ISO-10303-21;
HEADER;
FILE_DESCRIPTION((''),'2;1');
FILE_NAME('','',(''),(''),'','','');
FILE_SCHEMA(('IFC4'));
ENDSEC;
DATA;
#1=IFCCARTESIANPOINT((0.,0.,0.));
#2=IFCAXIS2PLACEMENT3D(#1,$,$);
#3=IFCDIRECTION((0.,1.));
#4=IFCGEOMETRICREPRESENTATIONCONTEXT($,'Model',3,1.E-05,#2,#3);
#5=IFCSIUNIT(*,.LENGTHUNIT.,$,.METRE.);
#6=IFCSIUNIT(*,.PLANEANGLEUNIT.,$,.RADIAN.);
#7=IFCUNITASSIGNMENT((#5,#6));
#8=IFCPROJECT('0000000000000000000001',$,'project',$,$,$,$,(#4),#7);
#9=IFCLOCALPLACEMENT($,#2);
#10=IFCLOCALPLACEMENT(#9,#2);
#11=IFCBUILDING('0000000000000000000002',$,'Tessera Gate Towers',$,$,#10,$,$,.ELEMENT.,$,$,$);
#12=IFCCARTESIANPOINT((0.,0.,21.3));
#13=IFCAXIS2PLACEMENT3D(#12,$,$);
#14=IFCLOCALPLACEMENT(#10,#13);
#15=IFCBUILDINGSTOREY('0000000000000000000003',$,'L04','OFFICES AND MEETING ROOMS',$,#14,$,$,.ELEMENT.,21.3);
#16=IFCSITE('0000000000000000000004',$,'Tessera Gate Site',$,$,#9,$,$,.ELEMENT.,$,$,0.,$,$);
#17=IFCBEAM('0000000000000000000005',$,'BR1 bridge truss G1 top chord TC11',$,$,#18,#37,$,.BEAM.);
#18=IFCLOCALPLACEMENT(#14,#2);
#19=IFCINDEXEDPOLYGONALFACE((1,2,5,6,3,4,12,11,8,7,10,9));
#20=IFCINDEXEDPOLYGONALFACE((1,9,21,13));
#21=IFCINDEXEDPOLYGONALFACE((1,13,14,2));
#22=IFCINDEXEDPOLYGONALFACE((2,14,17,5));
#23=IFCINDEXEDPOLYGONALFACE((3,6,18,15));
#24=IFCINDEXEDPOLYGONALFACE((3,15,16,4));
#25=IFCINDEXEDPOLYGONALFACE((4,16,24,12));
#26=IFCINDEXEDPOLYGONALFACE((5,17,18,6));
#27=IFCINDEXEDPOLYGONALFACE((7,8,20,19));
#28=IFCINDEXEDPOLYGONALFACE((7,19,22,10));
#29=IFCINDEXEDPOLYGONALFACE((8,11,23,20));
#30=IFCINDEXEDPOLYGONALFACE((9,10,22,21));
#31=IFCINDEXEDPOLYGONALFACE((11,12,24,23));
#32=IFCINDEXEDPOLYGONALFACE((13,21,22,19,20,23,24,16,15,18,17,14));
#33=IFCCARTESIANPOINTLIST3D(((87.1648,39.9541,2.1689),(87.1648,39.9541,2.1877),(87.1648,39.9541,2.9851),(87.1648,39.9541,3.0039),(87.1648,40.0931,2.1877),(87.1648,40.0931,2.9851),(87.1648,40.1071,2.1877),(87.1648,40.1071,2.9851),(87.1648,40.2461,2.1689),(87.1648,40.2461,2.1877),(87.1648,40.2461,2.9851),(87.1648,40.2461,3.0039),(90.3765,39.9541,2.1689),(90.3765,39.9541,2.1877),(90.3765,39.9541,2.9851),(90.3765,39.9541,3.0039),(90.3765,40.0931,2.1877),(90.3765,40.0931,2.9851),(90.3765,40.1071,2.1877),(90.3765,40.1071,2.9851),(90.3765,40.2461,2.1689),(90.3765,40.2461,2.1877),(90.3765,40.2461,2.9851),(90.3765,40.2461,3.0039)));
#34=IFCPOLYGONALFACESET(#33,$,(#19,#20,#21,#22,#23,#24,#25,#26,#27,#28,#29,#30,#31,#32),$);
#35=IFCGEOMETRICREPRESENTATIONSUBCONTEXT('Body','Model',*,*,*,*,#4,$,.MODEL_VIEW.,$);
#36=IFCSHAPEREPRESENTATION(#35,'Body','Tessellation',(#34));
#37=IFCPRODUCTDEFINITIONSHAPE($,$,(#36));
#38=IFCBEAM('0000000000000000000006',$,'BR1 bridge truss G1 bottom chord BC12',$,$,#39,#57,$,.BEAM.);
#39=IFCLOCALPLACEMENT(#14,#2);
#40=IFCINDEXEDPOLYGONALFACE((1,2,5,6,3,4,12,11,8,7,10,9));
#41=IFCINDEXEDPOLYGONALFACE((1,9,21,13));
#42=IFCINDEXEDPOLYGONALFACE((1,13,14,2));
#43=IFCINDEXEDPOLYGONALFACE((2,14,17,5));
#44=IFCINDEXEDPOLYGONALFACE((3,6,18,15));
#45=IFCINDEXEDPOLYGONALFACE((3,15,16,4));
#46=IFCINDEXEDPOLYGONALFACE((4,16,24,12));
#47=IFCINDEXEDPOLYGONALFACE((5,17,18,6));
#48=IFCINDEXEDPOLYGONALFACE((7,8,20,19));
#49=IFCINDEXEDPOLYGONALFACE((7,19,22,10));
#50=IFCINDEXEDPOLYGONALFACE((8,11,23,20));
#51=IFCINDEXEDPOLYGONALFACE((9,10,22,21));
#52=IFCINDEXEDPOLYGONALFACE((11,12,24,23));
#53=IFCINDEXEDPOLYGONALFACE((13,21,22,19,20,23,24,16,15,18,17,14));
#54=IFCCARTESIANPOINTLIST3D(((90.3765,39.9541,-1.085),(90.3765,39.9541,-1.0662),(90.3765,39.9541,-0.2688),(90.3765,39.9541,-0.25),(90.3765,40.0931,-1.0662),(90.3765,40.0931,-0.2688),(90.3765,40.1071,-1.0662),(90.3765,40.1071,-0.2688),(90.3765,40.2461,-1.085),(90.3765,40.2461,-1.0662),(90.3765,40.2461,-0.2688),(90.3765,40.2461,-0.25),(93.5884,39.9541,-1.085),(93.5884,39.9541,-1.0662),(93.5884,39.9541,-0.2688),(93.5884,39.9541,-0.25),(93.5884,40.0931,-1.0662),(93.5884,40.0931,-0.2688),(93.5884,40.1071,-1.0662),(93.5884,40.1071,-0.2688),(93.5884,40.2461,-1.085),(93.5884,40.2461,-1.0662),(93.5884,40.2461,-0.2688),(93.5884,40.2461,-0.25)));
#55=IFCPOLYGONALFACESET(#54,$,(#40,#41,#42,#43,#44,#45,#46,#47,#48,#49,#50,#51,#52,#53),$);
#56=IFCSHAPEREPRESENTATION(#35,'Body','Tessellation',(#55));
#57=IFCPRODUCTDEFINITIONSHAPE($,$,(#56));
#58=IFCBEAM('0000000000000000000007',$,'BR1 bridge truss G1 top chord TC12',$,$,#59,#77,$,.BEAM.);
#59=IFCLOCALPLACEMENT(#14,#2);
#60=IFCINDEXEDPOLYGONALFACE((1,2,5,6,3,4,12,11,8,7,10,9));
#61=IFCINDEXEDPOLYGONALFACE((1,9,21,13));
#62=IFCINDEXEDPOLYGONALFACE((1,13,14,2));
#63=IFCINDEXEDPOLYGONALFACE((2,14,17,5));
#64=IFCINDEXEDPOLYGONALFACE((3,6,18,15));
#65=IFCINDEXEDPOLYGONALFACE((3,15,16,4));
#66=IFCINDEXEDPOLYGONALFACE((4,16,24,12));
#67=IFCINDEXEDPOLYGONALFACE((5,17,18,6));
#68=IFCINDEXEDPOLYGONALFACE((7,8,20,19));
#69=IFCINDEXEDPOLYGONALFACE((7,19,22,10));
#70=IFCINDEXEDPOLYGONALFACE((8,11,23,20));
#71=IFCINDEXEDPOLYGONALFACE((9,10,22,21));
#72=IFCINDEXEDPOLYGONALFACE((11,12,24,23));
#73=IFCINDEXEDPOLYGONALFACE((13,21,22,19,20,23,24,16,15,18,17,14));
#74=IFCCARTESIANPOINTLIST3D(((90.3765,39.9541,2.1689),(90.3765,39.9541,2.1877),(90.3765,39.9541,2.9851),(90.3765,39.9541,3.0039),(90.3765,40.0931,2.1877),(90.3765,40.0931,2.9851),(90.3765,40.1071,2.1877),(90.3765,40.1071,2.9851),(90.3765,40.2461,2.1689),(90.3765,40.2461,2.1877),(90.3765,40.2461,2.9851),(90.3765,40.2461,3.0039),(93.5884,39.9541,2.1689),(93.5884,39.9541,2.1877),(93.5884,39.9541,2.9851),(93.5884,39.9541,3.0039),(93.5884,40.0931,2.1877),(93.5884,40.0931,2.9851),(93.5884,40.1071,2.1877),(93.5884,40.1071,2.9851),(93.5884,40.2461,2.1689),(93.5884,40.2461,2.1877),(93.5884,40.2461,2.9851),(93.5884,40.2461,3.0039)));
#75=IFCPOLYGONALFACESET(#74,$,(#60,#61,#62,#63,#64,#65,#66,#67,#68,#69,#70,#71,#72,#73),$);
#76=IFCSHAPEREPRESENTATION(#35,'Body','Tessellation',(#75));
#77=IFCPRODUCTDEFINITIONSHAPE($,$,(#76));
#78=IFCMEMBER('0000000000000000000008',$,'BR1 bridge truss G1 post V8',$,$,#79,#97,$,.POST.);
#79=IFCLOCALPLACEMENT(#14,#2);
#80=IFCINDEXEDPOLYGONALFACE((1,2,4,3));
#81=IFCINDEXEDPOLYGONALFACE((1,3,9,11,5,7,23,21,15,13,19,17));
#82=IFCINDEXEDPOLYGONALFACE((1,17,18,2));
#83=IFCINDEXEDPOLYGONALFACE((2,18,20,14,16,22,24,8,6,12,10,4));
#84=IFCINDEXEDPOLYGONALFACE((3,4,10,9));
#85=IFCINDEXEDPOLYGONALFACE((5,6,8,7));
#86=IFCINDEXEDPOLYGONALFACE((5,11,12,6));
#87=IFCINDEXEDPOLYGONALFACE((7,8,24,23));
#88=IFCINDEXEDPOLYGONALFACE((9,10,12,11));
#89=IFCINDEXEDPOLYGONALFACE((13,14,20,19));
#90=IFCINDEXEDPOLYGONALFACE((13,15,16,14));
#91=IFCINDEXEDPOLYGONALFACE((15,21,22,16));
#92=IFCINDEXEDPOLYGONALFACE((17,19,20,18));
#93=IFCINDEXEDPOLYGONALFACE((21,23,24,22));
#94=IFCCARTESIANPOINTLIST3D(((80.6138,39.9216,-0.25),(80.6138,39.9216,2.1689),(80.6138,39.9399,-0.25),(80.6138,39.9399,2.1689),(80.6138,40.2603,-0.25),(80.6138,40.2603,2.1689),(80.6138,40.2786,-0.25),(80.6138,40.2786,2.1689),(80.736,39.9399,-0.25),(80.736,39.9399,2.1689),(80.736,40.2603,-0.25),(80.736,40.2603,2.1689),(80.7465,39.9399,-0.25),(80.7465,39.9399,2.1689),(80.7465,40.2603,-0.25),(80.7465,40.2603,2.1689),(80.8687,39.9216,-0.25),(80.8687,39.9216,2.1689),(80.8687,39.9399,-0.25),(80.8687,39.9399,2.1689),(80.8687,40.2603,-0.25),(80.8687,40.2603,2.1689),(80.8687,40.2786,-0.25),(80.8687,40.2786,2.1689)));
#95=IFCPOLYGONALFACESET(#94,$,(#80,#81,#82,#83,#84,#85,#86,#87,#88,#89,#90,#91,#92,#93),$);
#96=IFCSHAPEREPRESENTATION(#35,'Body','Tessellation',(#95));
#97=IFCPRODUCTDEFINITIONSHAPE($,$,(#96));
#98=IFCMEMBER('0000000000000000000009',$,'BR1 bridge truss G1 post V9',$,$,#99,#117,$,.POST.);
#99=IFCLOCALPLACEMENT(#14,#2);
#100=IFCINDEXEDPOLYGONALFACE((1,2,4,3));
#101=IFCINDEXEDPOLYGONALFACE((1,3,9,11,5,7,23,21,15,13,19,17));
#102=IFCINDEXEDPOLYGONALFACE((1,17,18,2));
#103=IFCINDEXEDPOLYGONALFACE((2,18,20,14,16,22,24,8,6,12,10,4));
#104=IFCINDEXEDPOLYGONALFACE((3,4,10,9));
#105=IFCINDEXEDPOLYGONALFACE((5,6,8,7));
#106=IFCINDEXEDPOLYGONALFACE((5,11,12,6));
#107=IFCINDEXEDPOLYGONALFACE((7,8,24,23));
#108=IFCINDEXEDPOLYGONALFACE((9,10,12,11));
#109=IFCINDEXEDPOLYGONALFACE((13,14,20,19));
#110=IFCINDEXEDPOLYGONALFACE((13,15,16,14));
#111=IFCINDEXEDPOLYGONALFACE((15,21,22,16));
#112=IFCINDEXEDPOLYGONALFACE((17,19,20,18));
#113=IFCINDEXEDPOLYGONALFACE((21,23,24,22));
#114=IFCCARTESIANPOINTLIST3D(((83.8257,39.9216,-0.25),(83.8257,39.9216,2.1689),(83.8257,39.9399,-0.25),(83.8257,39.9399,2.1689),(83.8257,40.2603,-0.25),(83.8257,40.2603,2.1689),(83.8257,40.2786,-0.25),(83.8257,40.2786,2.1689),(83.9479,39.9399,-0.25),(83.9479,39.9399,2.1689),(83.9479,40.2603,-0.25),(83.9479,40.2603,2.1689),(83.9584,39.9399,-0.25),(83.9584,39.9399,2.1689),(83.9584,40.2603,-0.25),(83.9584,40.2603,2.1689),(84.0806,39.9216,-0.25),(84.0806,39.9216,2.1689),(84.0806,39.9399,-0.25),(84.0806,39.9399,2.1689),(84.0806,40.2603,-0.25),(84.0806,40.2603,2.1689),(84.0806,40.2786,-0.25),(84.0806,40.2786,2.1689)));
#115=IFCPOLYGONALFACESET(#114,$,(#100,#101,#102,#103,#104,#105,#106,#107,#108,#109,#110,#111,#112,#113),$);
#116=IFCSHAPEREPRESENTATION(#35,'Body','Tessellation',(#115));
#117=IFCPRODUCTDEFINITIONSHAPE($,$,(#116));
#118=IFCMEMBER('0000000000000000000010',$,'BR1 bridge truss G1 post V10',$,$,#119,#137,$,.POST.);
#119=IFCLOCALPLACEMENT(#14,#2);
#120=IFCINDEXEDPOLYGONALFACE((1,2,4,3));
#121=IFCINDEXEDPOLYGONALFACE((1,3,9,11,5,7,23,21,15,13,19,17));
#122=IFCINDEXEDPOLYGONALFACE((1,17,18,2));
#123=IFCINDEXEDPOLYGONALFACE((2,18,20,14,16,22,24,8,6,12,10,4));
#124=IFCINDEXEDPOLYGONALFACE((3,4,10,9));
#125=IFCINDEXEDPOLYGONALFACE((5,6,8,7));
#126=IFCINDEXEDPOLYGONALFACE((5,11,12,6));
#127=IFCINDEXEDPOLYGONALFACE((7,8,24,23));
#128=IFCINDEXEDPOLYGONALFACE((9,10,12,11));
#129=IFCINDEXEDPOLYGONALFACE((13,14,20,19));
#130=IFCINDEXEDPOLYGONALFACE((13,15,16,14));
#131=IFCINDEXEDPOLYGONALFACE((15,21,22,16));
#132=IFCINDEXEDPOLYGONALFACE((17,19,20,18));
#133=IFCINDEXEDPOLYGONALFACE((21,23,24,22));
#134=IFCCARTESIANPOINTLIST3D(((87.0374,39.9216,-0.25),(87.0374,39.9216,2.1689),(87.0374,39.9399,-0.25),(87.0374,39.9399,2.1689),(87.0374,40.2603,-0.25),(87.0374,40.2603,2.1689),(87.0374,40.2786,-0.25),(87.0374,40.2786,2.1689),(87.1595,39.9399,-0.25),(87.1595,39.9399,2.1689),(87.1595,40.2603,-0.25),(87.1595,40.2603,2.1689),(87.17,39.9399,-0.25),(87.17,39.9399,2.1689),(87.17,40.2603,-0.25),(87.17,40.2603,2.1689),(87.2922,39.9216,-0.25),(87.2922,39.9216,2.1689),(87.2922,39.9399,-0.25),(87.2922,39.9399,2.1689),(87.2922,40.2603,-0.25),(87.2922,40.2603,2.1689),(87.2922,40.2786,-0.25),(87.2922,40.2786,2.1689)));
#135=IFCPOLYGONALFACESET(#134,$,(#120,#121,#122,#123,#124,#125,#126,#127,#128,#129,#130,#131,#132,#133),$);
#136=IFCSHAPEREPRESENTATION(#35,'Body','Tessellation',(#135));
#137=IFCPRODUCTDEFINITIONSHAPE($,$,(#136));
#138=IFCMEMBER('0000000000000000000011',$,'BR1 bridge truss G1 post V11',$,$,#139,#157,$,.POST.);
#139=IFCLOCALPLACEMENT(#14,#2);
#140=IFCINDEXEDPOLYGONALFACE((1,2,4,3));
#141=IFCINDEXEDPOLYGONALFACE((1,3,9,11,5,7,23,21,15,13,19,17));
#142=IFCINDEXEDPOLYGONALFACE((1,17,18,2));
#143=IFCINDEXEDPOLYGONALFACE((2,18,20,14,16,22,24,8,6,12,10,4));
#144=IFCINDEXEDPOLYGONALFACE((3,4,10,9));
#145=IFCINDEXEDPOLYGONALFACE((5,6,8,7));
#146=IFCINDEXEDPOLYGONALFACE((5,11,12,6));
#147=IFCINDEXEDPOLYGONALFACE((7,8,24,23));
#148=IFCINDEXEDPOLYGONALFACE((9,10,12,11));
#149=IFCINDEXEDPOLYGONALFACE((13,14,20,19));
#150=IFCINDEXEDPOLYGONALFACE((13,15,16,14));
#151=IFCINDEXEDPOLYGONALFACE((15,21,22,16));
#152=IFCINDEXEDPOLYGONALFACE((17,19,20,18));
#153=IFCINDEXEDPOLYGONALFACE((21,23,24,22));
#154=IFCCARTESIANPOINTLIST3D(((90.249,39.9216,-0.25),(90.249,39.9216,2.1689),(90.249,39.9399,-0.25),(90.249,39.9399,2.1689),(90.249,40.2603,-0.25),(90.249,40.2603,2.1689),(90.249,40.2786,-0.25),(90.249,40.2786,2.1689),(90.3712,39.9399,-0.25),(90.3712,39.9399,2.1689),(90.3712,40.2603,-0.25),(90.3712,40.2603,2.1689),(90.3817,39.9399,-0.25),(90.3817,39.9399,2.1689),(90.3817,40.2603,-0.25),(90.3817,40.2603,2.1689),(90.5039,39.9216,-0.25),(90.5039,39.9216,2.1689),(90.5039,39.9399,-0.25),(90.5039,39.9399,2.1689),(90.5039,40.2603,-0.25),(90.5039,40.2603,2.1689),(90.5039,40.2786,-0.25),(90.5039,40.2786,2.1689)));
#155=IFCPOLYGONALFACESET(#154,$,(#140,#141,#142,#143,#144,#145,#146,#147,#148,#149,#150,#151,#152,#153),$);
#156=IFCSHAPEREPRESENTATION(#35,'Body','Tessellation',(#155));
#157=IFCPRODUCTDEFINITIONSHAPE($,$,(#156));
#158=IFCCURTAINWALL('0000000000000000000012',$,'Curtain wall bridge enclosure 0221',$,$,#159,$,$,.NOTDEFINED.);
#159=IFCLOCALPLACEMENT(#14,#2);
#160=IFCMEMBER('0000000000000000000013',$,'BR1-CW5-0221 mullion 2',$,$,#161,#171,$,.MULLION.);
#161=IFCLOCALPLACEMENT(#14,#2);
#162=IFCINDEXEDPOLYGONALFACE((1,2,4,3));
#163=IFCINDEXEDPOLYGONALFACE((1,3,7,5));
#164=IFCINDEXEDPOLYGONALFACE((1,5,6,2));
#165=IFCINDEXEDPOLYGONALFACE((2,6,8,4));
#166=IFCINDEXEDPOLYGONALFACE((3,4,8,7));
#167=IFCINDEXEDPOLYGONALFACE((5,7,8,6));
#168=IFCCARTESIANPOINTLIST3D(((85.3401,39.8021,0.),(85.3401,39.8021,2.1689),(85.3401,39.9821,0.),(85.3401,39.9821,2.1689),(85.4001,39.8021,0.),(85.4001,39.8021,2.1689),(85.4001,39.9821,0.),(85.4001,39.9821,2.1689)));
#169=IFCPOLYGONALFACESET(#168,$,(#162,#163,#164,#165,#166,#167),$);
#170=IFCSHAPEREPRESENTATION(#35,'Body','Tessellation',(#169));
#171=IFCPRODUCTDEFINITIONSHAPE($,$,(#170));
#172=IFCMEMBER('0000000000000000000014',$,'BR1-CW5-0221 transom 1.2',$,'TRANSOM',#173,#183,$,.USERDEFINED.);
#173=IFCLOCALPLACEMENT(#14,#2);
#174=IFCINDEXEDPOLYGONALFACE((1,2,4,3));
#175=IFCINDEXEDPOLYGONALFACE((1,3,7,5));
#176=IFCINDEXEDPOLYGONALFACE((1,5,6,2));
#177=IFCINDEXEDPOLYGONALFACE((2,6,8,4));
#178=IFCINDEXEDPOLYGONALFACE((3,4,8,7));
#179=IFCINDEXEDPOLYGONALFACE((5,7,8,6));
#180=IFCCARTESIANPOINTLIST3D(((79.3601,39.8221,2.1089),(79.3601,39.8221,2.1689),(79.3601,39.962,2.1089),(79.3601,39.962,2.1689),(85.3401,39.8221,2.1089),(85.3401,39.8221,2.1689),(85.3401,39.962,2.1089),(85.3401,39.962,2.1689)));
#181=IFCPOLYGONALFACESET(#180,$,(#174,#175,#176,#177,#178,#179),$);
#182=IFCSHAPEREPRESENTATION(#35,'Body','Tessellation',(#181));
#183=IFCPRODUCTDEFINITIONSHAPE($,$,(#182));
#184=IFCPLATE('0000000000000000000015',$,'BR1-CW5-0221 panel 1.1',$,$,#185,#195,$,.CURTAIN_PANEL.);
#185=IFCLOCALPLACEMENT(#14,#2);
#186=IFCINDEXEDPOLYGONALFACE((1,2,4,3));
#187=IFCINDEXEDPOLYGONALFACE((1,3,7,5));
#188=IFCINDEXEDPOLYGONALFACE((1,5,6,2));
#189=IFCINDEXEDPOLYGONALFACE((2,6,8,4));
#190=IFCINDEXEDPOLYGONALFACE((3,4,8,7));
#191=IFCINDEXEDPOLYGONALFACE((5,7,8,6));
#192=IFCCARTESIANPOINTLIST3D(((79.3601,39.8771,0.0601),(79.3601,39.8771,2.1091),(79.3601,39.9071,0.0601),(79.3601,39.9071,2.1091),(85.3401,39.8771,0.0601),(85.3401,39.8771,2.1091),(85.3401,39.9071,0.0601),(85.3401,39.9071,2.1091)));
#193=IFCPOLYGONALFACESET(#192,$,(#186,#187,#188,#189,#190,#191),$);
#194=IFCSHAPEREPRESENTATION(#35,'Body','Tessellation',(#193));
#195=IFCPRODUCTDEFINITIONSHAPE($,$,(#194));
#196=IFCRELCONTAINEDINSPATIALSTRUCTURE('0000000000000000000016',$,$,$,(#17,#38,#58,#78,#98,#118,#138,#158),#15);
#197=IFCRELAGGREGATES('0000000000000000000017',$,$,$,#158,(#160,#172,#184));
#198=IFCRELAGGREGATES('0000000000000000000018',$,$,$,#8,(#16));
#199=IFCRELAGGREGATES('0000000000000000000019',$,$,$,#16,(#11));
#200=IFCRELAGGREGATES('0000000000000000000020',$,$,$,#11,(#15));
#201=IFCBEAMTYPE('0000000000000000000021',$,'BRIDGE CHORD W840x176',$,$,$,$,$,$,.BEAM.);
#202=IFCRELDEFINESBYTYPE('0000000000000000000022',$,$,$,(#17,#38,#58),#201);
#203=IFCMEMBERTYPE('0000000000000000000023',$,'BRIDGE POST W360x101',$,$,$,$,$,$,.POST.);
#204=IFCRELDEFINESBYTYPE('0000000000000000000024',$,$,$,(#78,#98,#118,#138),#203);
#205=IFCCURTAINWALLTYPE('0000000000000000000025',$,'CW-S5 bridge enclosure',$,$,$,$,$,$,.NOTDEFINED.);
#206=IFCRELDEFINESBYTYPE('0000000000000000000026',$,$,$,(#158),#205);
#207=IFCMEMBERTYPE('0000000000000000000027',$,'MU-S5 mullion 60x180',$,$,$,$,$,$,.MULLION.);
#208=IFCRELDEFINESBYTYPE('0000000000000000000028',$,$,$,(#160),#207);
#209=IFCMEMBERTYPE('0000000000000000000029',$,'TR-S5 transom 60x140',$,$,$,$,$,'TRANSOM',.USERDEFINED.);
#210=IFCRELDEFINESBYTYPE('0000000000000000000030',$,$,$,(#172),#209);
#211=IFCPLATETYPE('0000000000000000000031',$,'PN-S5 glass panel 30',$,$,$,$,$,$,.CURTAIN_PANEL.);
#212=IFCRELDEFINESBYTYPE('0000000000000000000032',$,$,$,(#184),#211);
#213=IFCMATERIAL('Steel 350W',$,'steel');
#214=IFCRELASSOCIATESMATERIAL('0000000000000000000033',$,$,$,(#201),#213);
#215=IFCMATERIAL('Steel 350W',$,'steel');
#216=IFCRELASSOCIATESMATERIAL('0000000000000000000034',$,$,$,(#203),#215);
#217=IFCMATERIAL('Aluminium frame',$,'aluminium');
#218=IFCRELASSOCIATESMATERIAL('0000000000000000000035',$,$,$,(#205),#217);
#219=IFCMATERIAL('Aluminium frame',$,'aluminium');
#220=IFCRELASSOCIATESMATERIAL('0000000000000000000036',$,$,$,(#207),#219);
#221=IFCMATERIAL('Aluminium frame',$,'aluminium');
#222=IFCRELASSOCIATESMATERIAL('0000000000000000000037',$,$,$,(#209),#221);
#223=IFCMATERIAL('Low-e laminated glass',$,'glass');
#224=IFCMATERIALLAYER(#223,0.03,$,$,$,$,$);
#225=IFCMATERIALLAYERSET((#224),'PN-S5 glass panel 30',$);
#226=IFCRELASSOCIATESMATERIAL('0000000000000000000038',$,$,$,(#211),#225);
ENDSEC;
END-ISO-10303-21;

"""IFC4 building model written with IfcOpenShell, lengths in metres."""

from ifc_helpers import new_model, si_unit, direction, frame, origin, origin_2d, place, context, subcontext, project, spatial, rectangle, i_section, extrude, material, layer, layer_set, material_profile, profile_set, type_object, element, aggregate, save


model = new_model("IFC4")

# Units and contexts
model_context = context("Model", 3, precision=1e-05, world=origin(), true_north=direction((0.0, 1.0)))
body_context = subcontext(model_context, "Body", "Model", "MODEL_VIEW")
ifc_project = project(units=[si_unit("LENGTHUNIT", "METRE"), si_unit("PLANEANGLEUNIT", "RADIAN")], contexts=[model_context])

# Site, building, storey
site_placement = place(None, origin())
site = spatial("IfcSite", under=ifc_project, at=site_placement, Name="Tessera Gate Site", CompositionType="ELEMENT", RefElevation=0.0)
building_placement = place(site_placement, origin())
building = spatial("IfcBuilding", under=site, at=building_placement, Name="Tessera Gate Towers", CompositionType="ELEMENT")
storey_placement = place(building_placement, frame((0.0, 0.0, 21.3)))
storey = spatial("IfcBuildingStorey", under=building, at=storey_placement, Name="L04", Description="OFFICES AND MEETING ROOMS", CompositionType="ELEMENT", Elevation=21.3)

# Beams
ifc_material_1 = material(Name="Steel 350W", Category="steel")
ifc_material_profile_1 = material_profile(ifc_material_1, i_section(OverallWidth=0.292, OverallDepth=0.835, WebThickness=0.0139, FlangeThickness=0.0188, at=origin_2d()), Name="W840x176")
ifc_profile_set_1 = profile_set([ifc_material_profile_1], Name="Steel 350W")
beam_type = type_object("IfcBeamType", Name="BRIDGE CHORD W840x176", PredefinedType="BEAM", material=ifc_profile_set_1)
for number, where, z_axis, x_axis, name in (
    (1, (87.1648, 40.1001, 2.5864), (1.0, 0.0, 0.0), (0.0, 1.0, 0.0), "BR1 bridge truss G1 top chord TC11"),
):
    element("IfcBeam", number, at=place(storey_placement, frame(where, z_axis=z_axis, x_axis=x_axis)), inside=storey, type_object=beam_type, Name=name, PredefinedType="BEAM", context=body_context, shape_type="SweptSolid", body=[
        extrude(i_section(OverallWidth=0.292, OverallDepth=0.835, WebThickness=0.0139, FlangeThickness=0.0188, at=origin_2d()), origin(), (0.0, 0.0, 1.0), 3.2117),
    ])
for number, where, z_axis, x_axis, name in (
    (2, (90.3765, 40.1001, -0.6675), (1.0, 0.0, 0.0), (0.0, 1.0, 0.0), "BR1 bridge truss G1 bottom chord BC12"),
    (3, (90.3765, 40.1001, 2.5864), (1.0, 0.0, 0.0), (0.0, 1.0, 0.0), "BR1 bridge truss G1 top chord TC12"),
):
    element("IfcBeam", number, at=place(storey_placement, frame(where, z_axis=z_axis, x_axis=x_axis)), inside=storey, type_object=beam_type, Name=name, PredefinedType="BEAM", context=body_context, shape_type="SweptSolid", body=[
        extrude(i_section(OverallWidth=0.292, OverallDepth=0.835, WebThickness=0.0139, FlangeThickness=0.0188, at=origin_2d()), origin(), (0.0, 0.0, 1.0), 3.2119),
    ])

# Members
ifc_material_2 = material(Name="Steel 350W", Category="steel")
ifc_material_profile_2 = material_profile(ifc_material_2, i_section(OverallWidth=0.2549, OverallDepth=0.3569, WebThickness=0.0105, FlangeThickness=0.0183, at=origin_2d()), Name="W360x101")
ifc_profile_set_2 = profile_set([ifc_material_profile_2], Name="Steel 350W")
member_type_1 = type_object("IfcMemberType", Name="BRIDGE POST W360x101", PredefinedType="POST", material=ifc_profile_set_2)
for number, where, z_axis, x_axis, name in (
    (4, (80.7412, 40.1001, -0.25), (0.0, 0.0, 1.0), (1.0, 0.0, 0.0), "BR1 bridge truss G1 post V8"),
    (5, (83.9531, 40.1001, -0.25), (0.0, 0.0, 1.0), (1.0, 0.0, 0.0), "BR1 bridge truss G1 post V9"),
    (6, (87.1648, 40.1001, -0.25), (0.0, 0.0, 1.0), (1.0, 0.0, 0.0), "BR1 bridge truss G1 post V10"),
    (7, (90.3765, 40.1001, -0.25), (0.0, 0.0, 1.0), (1.0, 0.0, 0.0), "BR1 bridge truss G1 post V11"),
):
    element("IfcMember", number, at=place(storey_placement, frame(where, z_axis=z_axis, x_axis=x_axis)), inside=storey, type_object=member_type_1, Name=name, PredefinedType="POST", context=body_context, shape_type="SweptSolid", body=[
        extrude(i_section(OverallWidth=0.2549, OverallDepth=0.3569, WebThickness=0.0105, FlangeThickness=0.0183, at=origin_2d()), origin(), (0.0, 0.0, 1.0), 2.4189),
    ])

# Curtain wall, members, plate
ifc_material_3 = material(Name="Aluminium frame", Category="aluminium")
curtain_wall_type = type_object("IfcCurtainWallType", Name="CW-S5 bridge enclosure", PredefinedType="NOTDEFINED", material=ifc_material_3)
curtain_wall_placement = place(storey_placement, origin())
curtain_wall = element("IfcCurtainWall", 8, at=curtain_wall_placement, inside=storey, type_object=curtain_wall_type, Name="Curtain wall bridge enclosure 0221", PredefinedType="NOTDEFINED")
ifc_material_4 = material(Name="Aluminium frame", Category="aluminium")
ifc_material_profile_3 = material_profile(ifc_material_4, rectangle(XDim=0.0601, YDim=0.1799, at=origin_2d()), Name="AL 60x180")
ifc_profile_set_3 = profile_set([ifc_material_profile_3], Name="Aluminium frame")
member_type_2 = type_object("IfcMemberType", Name="MU-S5 mullion 60x180", PredefinedType="MULLION", material=ifc_profile_set_3)
member_1_placement = place(storey_placement, frame((85.3701, 39.8921, 0.0), z_axis=(0.0, 0.0, 1.0), x_axis=(1.0, 0.0, 0.0)))
member_1 = element("IfcMember", 9, at=member_1_placement, type_object=member_type_2, Name="BR1-CW5-0221 mullion 2", PredefinedType="MULLION", context=body_context, shape_type="SweptSolid", body=[
    extrude(rectangle(XDim=0.0601, YDim=0.1799, at=origin_2d()), origin(), (0.0, 0.0, 1.0), 2.1689),
])
ifc_material_5 = material(Name="Aluminium frame", Category="aluminium")
ifc_material_profile_4 = material_profile(ifc_material_5, rectangle(XDim=0.1399, YDim=0.0601, at=origin_2d()), Name="AL 60x140")
ifc_profile_set_4 = profile_set([ifc_material_profile_4], Name="Aluminium frame")
member_type_3 = type_object("IfcMemberType", Name="TR-S5 transom 60x140", ElementType="TRANSOM", PredefinedType="USERDEFINED", material=ifc_profile_set_4)
member_2_placement = place(storey_placement, frame((79.3601, 39.8921, 2.1389), z_axis=(1.0, 0.0, 0.0), x_axis=(0.0, 1.0, 0.0)))
member_2 = element("IfcMember", 10, at=member_2_placement, type_object=member_type_3, Name="BR1-CW5-0221 transom 1.2", ObjectType="TRANSOM", PredefinedType="USERDEFINED", context=body_context, shape_type="SweptSolid", body=[
    extrude(rectangle(XDim=0.1399, YDim=0.0601, at=origin_2d()), origin(), (0.0, 0.0, 1.0), 5.98),
])
ifc_material_6 = material(Name="Low-e laminated glass", Category="glass")
ifc_layer = layer(ifc_material_6, 0.03)
ifc_layer_set = layer_set([ifc_layer], Name="PN-S5 glass panel 30")
plate_type = type_object("IfcPlateType", Name="PN-S5 glass panel 30", PredefinedType="CURTAIN_PANEL", material=ifc_layer_set)
plate_placement = place(storey_placement, frame((82.3501, 39.8921, 0.0601), z_axis=(0.0, 0.0, 1.0), x_axis=(1.0, 0.0, 0.0)))
plate = element("IfcPlate", 11, at=plate_placement, type_object=plate_type, Name="BR1-CW5-0221 panel 1.1", PredefinedType="CURTAIN_PANEL", context=body_context, shape_type="SweptSolid", body=[
    extrude(rectangle(XDim=5.98, YDim=0.03, at=origin_2d()), origin(), (0.0, 0.0, 1.0), 2.0491),
])
aggregate(curtain_wall, [member_1, member_2, plate])

save(model, "model.ifc")
